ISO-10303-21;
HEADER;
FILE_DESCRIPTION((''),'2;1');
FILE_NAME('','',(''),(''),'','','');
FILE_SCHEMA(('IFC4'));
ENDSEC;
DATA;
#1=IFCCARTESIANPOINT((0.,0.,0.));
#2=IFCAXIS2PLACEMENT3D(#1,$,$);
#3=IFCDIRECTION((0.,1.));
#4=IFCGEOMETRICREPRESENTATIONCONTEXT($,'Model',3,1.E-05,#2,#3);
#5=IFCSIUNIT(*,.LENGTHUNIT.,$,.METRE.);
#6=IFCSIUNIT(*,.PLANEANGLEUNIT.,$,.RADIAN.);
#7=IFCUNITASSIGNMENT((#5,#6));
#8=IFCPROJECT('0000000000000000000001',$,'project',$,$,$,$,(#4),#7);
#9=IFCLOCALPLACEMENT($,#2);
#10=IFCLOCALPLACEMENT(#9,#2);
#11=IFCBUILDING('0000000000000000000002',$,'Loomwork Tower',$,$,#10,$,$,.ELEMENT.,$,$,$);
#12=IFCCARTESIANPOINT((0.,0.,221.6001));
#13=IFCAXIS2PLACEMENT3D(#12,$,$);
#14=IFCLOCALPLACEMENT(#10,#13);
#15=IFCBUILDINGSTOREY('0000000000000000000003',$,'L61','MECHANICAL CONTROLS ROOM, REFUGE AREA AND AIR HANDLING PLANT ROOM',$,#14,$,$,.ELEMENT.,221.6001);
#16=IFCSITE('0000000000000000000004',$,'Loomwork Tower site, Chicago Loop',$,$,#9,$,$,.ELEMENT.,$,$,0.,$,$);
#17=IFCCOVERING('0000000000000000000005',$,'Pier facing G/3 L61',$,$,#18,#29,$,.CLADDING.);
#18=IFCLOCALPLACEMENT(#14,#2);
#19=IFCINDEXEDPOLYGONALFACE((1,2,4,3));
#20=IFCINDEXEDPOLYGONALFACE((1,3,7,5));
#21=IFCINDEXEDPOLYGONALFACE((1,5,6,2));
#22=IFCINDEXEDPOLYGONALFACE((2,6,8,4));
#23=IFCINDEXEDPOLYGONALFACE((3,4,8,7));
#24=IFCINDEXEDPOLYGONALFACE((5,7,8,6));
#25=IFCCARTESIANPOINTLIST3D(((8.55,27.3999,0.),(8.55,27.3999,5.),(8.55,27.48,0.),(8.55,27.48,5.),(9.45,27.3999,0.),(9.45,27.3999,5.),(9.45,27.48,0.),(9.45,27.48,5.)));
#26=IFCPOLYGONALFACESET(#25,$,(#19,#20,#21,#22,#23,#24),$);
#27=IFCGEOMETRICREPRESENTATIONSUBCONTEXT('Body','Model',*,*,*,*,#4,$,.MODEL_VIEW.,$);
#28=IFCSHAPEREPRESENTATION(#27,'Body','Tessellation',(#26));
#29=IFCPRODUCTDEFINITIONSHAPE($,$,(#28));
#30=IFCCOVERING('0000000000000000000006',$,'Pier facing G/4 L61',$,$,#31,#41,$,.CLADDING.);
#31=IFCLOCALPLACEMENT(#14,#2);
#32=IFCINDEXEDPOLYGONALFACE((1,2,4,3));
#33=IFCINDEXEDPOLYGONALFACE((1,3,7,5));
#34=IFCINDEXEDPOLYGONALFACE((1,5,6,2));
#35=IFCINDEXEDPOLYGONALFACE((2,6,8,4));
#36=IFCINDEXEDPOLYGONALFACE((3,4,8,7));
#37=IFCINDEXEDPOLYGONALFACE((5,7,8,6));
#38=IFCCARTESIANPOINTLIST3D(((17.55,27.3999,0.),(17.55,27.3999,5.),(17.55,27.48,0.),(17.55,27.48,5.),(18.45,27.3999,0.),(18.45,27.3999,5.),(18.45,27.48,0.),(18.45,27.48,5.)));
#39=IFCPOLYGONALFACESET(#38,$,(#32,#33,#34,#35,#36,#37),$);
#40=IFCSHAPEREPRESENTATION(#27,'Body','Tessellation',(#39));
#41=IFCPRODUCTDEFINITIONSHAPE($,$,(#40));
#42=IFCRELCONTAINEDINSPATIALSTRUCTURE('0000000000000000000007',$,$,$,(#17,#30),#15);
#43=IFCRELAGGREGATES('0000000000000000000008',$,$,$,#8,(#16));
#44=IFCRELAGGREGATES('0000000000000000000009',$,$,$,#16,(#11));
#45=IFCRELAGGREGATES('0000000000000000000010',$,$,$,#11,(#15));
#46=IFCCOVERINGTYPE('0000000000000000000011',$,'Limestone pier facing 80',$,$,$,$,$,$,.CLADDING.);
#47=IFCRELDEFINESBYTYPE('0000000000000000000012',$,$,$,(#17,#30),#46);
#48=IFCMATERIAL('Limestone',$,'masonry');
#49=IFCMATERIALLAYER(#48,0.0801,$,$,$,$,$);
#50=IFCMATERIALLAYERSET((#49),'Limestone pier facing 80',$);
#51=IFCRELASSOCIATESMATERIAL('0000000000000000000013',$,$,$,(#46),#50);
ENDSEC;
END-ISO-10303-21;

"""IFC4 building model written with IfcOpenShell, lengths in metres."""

from ifc_helpers import new_model, si_unit, direction, frame, origin, origin_2d, place, context, subcontext, project, spatial, rectangle, extrude, material, layer, layer_set, type_object, element, save


model = new_model("IFC4")

# Units and contexts
model_context = context("Model", 3, precision=1e-05, world=origin(), true_north=direction((0.0, 1.0)))
body_context = subcontext(model_context, "Body", "Model", "MODEL_VIEW")
ifc_project = project(units=[si_unit("LENGTHUNIT", "METRE"), si_unit("PLANEANGLEUNIT", "RADIAN")], contexts=[model_context])

# Site, building, storey
site_placement = place(None, origin())
site = spatial("IfcSite", under=ifc_project, at=site_placement, Name="Loomwork Tower site, Chicago Loop", CompositionType="ELEMENT", RefElevation=0.0)
building_placement = place(site_placement, origin())
building = spatial("IfcBuilding", under=site, at=building_placement, Name="Loomwork Tower", CompositionType="ELEMENT")
storey_placement = place(building_placement, frame((0.0, 0.0, 221.6001)))
storey = spatial("IfcBuildingStorey", under=building, at=storey_placement, Name="L61", Description="MECHANICAL CONTROLS ROOM, REFUGE AREA AND AIR HANDLING PLANT ROOM", CompositionType="ELEMENT", Elevation=221.6001)

# Coverings
ifc_material_1 = material(Name="Limestone", Category="masonry")
ifc_layer_1 = layer(ifc_material_1, 0.0801)
ifc_layer_set_1 = layer_set([ifc_layer_1], Name="Limestone pier facing 80")
covering_type = type_object("IfcCoveringType", Name="Limestone pier facing 80", PredefinedType="CLADDING", material=ifc_layer_set_1)
for number, where, z_axis, x_axis, name in (
    (1, (9.0, 27.4399, 0.0), (0.0, 0.0, 1.0), (1.0, 0.0, 0.0), "Pier facing G/3 L61"),
    (2, (18.0, 27.4399, 0.0), (0.0, 0.0, 1.0), (1.0, 0.0, 0.0), "Pier facing G/4 L61"),
):
    element("IfcCovering", number, at=place(storey_placement, frame(where, z_axis=z_axis, x_axis=x_axis)), inside=storey, type_object=covering_type, Name=name, PredefinedType="CLADDING", context=body_context, shape_type="SweptSolid", body=[
        extrude(rectangle(XDim=0.8999, YDim=0.0801, at=origin_2d()), origin(), (0.0, 0.0, 1.0), 5.0),
    ])

save(model, "model.ifc")
